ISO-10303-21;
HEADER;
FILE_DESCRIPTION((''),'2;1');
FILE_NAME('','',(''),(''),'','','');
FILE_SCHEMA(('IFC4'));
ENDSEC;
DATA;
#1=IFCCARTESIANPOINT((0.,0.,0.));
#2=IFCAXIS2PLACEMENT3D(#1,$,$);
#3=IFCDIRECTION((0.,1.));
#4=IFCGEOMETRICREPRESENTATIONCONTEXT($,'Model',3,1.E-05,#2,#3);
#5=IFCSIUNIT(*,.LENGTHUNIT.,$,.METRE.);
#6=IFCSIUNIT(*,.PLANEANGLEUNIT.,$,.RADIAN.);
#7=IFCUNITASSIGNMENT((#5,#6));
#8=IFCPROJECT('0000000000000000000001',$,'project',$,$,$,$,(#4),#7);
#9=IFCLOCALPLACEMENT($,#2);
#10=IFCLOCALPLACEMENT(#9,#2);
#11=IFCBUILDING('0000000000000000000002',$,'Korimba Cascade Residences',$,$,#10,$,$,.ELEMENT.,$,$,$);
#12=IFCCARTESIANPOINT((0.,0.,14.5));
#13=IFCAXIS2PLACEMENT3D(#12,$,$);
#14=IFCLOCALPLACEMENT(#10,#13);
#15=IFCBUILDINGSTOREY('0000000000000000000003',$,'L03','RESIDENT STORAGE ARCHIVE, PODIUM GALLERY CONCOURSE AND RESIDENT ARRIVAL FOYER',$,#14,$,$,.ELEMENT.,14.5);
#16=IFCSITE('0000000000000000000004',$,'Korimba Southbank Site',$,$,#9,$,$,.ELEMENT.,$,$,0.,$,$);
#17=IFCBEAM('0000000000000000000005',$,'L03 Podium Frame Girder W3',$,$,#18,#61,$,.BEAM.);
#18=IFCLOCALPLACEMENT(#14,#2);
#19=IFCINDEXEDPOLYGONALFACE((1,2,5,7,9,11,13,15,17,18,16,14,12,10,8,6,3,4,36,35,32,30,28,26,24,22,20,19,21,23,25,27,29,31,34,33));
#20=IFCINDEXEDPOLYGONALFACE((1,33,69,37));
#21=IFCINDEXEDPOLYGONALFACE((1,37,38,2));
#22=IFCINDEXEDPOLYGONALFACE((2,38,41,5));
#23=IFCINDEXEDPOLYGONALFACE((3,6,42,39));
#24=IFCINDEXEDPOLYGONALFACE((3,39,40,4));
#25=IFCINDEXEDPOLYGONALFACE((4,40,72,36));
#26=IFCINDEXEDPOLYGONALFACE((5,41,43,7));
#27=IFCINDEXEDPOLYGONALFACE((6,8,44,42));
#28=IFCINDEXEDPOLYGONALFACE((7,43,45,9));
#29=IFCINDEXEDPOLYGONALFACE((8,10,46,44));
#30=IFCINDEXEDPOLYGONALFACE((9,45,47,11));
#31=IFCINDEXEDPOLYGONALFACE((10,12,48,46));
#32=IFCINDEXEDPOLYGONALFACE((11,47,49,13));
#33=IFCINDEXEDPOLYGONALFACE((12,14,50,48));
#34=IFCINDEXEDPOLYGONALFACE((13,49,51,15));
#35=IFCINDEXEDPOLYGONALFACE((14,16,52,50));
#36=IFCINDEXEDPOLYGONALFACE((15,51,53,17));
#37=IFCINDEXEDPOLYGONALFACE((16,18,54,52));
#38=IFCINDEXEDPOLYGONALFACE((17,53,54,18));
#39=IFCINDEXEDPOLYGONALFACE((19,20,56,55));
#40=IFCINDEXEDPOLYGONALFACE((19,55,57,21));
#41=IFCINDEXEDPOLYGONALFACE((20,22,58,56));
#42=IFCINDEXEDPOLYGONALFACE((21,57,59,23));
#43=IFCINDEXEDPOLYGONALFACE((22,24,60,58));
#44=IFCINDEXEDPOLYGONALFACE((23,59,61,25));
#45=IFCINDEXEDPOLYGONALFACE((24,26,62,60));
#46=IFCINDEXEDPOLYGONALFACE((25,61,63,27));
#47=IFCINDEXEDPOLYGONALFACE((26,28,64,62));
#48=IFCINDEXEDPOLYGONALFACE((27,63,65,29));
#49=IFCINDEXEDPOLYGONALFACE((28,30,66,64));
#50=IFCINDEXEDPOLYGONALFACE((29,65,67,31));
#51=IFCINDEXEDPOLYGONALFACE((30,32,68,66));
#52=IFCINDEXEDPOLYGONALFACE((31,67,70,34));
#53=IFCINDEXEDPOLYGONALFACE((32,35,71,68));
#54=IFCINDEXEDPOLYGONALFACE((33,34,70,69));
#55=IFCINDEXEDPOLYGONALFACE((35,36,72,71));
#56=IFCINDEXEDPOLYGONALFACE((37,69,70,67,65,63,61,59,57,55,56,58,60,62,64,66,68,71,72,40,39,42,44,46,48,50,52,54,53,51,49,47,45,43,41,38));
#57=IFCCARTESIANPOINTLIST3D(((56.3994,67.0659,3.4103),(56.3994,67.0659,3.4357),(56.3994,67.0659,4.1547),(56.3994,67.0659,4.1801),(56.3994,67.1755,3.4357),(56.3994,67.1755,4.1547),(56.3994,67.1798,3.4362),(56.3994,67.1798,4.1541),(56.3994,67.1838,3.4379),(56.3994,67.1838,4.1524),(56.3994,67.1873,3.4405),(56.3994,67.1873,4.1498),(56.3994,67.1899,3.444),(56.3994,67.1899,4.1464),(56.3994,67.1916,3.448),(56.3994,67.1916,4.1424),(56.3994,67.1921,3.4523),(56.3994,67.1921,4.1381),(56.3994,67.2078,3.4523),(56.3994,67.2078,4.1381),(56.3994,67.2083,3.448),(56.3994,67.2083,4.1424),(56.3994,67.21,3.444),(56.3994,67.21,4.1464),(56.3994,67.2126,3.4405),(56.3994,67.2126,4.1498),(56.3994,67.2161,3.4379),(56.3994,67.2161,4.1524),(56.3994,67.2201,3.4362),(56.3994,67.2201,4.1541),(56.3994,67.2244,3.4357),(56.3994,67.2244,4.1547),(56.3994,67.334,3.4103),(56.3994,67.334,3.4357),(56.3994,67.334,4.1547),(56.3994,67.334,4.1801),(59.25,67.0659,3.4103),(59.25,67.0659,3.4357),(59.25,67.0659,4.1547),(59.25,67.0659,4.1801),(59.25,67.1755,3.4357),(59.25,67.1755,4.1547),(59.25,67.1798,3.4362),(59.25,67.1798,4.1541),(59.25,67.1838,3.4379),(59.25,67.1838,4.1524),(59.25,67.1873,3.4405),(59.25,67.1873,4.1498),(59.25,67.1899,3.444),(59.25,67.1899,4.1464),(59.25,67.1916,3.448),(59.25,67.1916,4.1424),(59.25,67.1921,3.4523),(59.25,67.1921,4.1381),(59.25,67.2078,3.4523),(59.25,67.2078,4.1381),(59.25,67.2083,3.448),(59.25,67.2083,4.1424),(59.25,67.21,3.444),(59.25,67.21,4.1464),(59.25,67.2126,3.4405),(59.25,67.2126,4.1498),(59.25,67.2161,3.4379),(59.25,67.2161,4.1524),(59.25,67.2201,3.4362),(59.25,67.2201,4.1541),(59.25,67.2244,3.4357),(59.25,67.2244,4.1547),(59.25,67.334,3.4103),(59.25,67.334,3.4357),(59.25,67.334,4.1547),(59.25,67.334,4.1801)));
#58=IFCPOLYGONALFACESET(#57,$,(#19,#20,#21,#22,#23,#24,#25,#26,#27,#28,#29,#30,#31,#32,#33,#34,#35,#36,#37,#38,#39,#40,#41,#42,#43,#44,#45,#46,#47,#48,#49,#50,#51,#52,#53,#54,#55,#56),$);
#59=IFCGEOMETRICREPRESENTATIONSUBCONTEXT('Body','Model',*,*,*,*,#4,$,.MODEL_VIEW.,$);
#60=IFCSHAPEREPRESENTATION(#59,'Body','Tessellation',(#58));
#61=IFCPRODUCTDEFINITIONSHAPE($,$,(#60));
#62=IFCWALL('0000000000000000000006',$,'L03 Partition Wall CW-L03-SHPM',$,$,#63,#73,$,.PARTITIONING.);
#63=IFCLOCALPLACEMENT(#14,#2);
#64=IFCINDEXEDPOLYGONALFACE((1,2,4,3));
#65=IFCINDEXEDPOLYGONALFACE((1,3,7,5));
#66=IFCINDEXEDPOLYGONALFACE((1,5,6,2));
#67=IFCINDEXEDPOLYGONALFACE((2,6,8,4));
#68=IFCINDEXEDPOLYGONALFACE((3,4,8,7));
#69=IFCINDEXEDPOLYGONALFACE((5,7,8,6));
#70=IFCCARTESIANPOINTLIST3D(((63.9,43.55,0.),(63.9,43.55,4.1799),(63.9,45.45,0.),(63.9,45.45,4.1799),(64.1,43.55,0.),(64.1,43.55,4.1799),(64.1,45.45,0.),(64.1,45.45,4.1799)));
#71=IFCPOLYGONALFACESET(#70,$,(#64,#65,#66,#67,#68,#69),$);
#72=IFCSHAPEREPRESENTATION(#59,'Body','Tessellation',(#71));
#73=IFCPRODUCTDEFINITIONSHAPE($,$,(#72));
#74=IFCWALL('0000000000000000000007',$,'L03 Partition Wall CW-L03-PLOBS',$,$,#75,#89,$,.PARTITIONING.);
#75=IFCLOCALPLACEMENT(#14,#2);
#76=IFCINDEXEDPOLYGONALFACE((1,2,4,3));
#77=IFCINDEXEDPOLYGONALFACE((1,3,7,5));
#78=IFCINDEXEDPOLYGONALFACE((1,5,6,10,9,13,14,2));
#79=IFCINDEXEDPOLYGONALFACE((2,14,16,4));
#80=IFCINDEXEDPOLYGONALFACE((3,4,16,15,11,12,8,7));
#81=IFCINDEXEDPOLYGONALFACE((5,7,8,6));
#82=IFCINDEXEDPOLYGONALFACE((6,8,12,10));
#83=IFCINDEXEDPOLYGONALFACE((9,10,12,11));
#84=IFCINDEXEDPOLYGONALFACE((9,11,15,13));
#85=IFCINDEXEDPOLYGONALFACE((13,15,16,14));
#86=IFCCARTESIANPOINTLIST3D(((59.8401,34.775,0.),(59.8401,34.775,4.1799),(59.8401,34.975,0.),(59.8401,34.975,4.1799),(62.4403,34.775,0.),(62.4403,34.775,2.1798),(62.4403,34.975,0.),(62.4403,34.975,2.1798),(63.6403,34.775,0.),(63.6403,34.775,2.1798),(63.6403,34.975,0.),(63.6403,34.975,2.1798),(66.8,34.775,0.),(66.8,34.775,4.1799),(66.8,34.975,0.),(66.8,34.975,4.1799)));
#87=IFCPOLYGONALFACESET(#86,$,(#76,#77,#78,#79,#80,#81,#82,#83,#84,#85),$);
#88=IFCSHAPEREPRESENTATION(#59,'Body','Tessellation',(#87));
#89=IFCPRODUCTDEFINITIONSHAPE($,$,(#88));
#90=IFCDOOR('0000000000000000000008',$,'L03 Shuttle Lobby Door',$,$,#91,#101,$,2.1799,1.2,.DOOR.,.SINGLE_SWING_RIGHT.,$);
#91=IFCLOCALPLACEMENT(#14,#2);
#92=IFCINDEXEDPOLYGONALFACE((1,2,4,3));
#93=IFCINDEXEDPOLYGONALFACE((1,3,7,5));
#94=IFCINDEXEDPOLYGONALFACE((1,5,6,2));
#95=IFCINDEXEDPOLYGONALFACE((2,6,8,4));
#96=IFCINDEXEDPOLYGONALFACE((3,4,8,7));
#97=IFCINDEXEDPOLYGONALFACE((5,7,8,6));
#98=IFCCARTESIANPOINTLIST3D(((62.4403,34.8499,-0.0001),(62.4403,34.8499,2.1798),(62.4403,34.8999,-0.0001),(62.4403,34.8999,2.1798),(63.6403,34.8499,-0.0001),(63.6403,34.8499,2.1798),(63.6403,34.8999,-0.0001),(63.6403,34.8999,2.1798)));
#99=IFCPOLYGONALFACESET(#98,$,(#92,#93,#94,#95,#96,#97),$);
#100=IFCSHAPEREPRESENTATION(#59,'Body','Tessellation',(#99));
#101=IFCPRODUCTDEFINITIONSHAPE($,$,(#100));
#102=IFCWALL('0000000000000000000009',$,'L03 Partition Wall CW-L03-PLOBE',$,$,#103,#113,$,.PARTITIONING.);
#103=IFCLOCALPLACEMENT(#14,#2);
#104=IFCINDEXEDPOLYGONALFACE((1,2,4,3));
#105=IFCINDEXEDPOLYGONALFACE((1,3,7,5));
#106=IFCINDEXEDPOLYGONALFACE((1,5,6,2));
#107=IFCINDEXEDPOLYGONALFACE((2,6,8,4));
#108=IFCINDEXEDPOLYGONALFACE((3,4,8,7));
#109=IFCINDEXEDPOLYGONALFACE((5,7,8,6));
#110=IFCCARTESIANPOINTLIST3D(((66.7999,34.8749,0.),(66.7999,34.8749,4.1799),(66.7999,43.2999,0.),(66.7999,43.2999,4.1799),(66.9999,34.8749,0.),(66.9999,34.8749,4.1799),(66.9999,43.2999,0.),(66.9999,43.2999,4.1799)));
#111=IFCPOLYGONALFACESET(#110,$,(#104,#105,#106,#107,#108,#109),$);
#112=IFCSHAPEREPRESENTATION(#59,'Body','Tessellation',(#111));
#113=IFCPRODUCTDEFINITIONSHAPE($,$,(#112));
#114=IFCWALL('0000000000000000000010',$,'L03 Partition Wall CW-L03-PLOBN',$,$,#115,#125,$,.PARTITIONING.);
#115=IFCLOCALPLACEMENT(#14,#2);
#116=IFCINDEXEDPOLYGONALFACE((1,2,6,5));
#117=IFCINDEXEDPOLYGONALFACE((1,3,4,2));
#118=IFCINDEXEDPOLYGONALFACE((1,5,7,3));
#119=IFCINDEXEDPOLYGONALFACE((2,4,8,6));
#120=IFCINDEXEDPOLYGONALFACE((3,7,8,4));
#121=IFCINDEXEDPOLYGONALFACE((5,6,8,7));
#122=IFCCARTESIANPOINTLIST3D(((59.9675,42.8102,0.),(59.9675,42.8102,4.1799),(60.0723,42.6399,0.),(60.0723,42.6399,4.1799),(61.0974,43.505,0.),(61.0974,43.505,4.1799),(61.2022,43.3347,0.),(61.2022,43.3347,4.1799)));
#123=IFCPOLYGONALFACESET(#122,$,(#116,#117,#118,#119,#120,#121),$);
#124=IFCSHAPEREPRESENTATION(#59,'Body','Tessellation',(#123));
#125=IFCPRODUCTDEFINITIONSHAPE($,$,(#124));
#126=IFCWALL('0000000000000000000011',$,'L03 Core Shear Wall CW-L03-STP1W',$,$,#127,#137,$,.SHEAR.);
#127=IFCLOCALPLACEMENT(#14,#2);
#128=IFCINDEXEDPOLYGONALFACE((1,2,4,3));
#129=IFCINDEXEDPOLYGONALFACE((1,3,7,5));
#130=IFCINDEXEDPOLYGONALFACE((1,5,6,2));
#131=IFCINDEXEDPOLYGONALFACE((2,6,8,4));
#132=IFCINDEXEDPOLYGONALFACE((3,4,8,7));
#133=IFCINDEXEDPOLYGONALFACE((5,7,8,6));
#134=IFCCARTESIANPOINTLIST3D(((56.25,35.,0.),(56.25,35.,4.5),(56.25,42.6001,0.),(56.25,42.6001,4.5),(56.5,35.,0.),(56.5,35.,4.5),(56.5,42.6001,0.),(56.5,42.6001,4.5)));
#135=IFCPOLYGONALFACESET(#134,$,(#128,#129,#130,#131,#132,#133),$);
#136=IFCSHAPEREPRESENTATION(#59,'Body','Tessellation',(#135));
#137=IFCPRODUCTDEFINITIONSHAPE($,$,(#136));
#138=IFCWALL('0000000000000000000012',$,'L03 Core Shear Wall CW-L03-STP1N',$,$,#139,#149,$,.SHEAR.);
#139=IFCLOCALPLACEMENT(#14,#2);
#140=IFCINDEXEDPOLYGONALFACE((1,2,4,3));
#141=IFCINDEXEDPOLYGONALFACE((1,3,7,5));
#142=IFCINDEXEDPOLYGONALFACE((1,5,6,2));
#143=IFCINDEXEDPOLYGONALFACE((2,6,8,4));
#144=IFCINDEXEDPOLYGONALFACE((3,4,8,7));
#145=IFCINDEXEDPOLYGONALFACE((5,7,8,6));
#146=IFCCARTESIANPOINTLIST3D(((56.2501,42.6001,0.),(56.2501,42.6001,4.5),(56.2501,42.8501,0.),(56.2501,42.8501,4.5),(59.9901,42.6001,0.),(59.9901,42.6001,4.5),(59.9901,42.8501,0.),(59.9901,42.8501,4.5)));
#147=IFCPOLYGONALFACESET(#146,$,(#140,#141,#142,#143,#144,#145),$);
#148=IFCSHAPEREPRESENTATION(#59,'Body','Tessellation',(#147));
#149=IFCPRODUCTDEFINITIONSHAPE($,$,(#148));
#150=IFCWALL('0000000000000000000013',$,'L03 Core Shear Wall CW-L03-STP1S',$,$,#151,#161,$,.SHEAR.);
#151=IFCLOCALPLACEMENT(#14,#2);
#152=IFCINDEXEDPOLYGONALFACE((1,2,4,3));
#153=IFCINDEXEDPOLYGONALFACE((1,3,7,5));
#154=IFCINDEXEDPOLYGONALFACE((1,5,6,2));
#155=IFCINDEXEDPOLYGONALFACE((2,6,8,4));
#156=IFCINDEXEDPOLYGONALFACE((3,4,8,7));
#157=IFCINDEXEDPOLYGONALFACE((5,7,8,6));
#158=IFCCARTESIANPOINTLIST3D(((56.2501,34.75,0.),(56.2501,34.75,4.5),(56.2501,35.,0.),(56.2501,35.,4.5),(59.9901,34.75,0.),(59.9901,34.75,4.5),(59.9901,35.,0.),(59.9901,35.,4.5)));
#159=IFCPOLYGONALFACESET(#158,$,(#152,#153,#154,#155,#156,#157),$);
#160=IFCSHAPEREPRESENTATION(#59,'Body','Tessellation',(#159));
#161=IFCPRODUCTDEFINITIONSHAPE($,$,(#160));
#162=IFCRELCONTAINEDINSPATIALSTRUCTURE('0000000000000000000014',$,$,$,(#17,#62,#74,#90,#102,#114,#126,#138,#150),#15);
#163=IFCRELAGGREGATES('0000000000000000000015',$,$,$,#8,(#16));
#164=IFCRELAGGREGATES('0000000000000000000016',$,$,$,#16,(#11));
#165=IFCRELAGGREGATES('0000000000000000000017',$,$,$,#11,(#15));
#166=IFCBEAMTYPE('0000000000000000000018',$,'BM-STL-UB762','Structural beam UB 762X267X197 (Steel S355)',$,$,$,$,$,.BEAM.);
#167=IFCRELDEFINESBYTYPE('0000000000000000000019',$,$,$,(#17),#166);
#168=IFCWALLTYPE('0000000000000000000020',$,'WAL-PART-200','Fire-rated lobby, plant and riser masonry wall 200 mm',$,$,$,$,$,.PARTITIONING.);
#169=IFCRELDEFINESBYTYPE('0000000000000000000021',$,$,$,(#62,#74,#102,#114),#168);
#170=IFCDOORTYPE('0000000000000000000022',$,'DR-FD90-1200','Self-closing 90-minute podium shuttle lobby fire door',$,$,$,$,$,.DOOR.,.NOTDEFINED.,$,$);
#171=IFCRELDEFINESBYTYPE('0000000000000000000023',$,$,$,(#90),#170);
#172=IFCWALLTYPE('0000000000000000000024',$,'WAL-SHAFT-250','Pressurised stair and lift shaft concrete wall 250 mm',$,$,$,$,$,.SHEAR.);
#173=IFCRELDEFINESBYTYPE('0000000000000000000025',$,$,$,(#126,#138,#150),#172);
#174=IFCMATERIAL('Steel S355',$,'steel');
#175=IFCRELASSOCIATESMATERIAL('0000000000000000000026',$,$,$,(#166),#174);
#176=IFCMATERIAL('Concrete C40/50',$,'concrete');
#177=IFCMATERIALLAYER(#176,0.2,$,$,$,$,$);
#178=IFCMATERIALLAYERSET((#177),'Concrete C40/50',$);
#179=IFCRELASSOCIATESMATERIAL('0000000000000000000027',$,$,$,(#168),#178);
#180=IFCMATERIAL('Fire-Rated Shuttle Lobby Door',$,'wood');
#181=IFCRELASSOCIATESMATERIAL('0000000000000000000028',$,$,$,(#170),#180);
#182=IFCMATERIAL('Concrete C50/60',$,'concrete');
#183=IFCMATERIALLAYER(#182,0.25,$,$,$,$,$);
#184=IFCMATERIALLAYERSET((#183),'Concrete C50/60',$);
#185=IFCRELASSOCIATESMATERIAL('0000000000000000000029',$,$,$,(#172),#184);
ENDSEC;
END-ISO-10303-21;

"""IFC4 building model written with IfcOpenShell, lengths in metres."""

from ifc_helpers import new_model, si_unit, direction, frame, frame_2d, origin, origin_2d, place, context, subcontext, project, spatial, rectangle, i_section, extrude, material, layer, layer_set, material_profile, profile_set, type_object, element, fill, save


model = new_model("IFC4")

# Units and contexts
model_context = context("Model", 3, precision=1e-05, world=origin(), true_north=direction((0.0, 1.0)))
body_context = subcontext(model_context, "Body", "Model", "MODEL_VIEW")
ifc_project = project(units=[si_unit("LENGTHUNIT", "METRE"), si_unit("PLANEANGLEUNIT", "RADIAN")], contexts=[model_context])

# Site, building, storey
site_placement = place(None, origin())
site = spatial("IfcSite", under=ifc_project, at=site_placement, Name="Korimba Southbank Site", CompositionType="ELEMENT", RefElevation=0.0)
building_placement = place(site_placement, origin())
building = spatial("IfcBuilding", under=site, at=building_placement, Name="Korimba Cascade Residences", CompositionType="ELEMENT")
storey_placement = place(building_placement, frame((0.0, 0.0, 14.5)))
storey = spatial("IfcBuildingStorey", under=building, at=storey_placement, Name="L03", Description="RESIDENT STORAGE ARCHIVE, PODIUM GALLERY CONCOURSE AND RESIDENT ARRIVAL FOYER", CompositionType="ELEMENT", Elevation=14.5)

# Shared definitions
ifc_material_1 = material(Name="Steel S355", Category="steel")

# Beam
ifc_material_2 = material(Name="Concrete C50/60", Category="concrete")
ifc_material_profile_1 = material_profile(ifc_material_1, i_section(OverallWidth=0.2681, OverallDepth=0.7698, WebThickness=0.0156, FlangeThickness=0.0254, FilletRadius=0.0166, at=origin_2d()), Name="Steel S355")
ifc_profile_set_1 = profile_set([ifc_material_profile_1], Name="Steel S355")
beam_type_1 = type_object("IfcBeamType", Name="BM-STL-UB762", Description="Structural beam UB 762X267X197 (Steel S355)", PredefinedType="BEAM", material=ifc_profile_set_1)
beam_1_placement = place(storey_placement, frame((56.3994, 67.2, 3.7952), z_axis=(1.0, 0.0, 0.0), x_axis=(0.0, 1.0, 0.0)))
element("IfcBeam", 1, at=beam_1_placement, inside=storey, type_object=beam_type_1, Name="L03 Podium Frame Girder W3", PredefinedType="BEAM", context=body_context, shape_type="SweptSolid", body=[
    extrude(i_section(OverallWidth=0.2681, OverallDepth=0.7698, WebThickness=0.0156, FlangeThickness=0.0254, FilletRadius=0.0166, at=origin_2d()), origin(), (0.0, 0.0, 1.0), 2.8506),
])

# Wall
ifc_material_3 = material(Name="Concrete C40/50", Category="concrete")
ifc_layer_1 = layer(ifc_material_3, 0.2)
ifc_layer_set_1 = layer_set([ifc_layer_1], Name="Concrete C40/50")
wall_type_1 = type_object("IfcWallType", Name="WAL-PART-200", Description="Fire-rated lobby, plant and riser masonry wall 200 mm", PredefinedType="PARTITIONING", material=ifc_layer_set_1)
wall_1_placement = place(storey_placement, frame((64.0, 43.55, 0.0), z_axis=(0.0, 0.0, 1.0), x_axis=(0.0, 1.0, 0.0)))
element("IfcWall", 2, at=wall_1_placement, inside=storey, type_object=wall_type_1, Name="L03 Partition Wall CW-L03-SHPM", PredefinedType="PARTITIONING", context=body_context, shape_type="SweptSolid", body=[
    extrude(rectangle(XDim=1.8999, YDim=0.2, at=frame_2d((0.95, 0.0))), origin(), (0.0, 0.0, 1.0), 4.1799),
])

# Wall, opening, door
wall_2_placement = place(storey_placement, frame((59.8401, 34.875, 0.0), z_axis=(0.0, 0.0, 1.0), x_axis=(1.0, 0.0, 0.0)))
wall_2 = element("IfcWall", 3, at=wall_2_placement, inside=storey, type_object=wall_type_1, Name="L03 Partition Wall CW-L03-PLOBS", PredefinedType="PARTITIONING", context=body_context, shape_type="SweptSolid", body=[
    extrude(rectangle(XDim=6.96, YDim=0.2, at=frame_2d((3.48, 0.0))), origin(), (0.0, 0.0, 1.0), 4.1799),
])
opening_1_placement = place(wall_2_placement, frame((2.6001, 0.0, 0.0)))
opening_1 = element("IfcOpeningElement", 4, at=opening_1_placement, cuts=wall_2, PredefinedType="OPENING", context=body_context, shape_type="SweptSolid", body=[
    extrude(rectangle(XDim=1.2, YDim=2.1799, at=frame_2d((0.6001, 1.0898))), frame((0.0, 0.1099, 0.0), z_axis=(0.0, -1.0, 0.0), x_axis=(1.0, 0.0, 0.0)), (0.0, 0.0, 1.0), 0.22),
])
ifc_material_4 = material(Name="Fire-Rated Shuttle Lobby Door", Category="wood")
door_type_1 = type_object("IfcDoorType", Name="DR-FD90-1200", Description="Self-closing 90-minute podium shuttle lobby fire door", OperationType="NOTDEFINED", PredefinedType="DOOR", material=ifc_material_4)
door_1_placement = place(opening_1_placement, origin())
door_1 = element("IfcDoor", 5, at=door_1_placement, inside=storey, type_object=door_type_1, Name="L03 Shuttle Lobby Door", OperationType="SINGLE_SWING_RIGHT", OverallHeight=2.1799, OverallWidth=1.2, PredefinedType="DOOR", context=body_context, shape_type="SweptSolid", body=[
    extrude(rectangle(XDim=1.2, YDim=2.1799, at=frame_2d((0.6001, 1.0898))), frame((0.0, 0.0249, 0.0), z_axis=(0.0, -1.0, 0.0), x_axis=(1.0, 0.0, 0.0)), (0.0, 0.0, 1.0), 0.05),
])
fill(opening_1, door_1)

# Walls
wall_3_placement = place(storey_placement, frame((66.8999, 34.875, 0.0), z_axis=(0.0, 0.0, 1.0), x_axis=(0.0, 1.0, 0.0)))
element("IfcWall", 6, at=wall_3_placement, inside=storey, type_object=wall_type_1, Name="L03 Partition Wall CW-L03-PLOBE", PredefinedType="PARTITIONING", context=body_context, shape_type="SweptSolid", body=[
    extrude(rectangle(XDim=8.425, YDim=0.2, at=frame_2d((4.2124, 0.0))), origin(), (0.0, 0.0, 1.0), 4.1799),
])
wall_4_placement = place(storey_placement, frame((60.02, 42.7251, 0.0), z_axis=(0.0, 0.0, 1.0), x_axis=(0.851823, 0.52383, 0.0)))
element("IfcWall", 7, at=wall_4_placement, inside=storey, type_object=wall_type_1, Name="L03 Partition Wall CW-L03-PLOBN", PredefinedType="PARTITIONING", context=body_context, shape_type="SweptSolid", body=[
    extrude(rectangle(XDim=1.3264, YDim=0.2, at=frame_2d((0.6631, 0.0))), origin(), (0.0, 0.0, 1.0), 4.1799),
])
ifc_layer_2 = layer(ifc_material_2, 0.25)
ifc_layer_set_2 = layer_set([ifc_layer_2], Name="Concrete C50/60")
wall_type_2 = type_object("IfcWallType", Name="WAL-SHAFT-250", Description="Pressurised stair and lift shaft concrete wall 250 mm", PredefinedType="SHEAR", material=ifc_layer_set_2)
wall_5_placement = place(storey_placement, frame((56.375, 35.0, 0.0), z_axis=(0.0, 0.0, 1.0), x_axis=(0.0, 1.0, 0.0)))
element("IfcWall", 8, at=wall_5_placement, inside=storey, type_object=wall_type_2, Name="L03 Core Shear Wall CW-L03-STP1W", PredefinedType="SHEAR", context=body_context, shape_type="SweptSolid", body=[
    extrude(rectangle(XDim=7.6001, YDim=0.25, at=frame_2d((3.8, 0.0))), origin(), (0.0, 0.0, 1.0), 4.5),
])
for number, where, z_axis, x_axis, name in (
    (9, (56.25, 42.7251, 0.0), (0.0, 0.0, 1.0), (1.0, 0.0, 0.0), "L03 Core Shear Wall CW-L03-STP1N"),
    (10, (56.25, 34.875, 0.0), (0.0, 0.0, 1.0), (1.0, 0.0, 0.0), "L03 Core Shear Wall CW-L03-STP1S"),
):
    element("IfcWall", number, at=place(storey_placement, frame(where, z_axis=z_axis, x_axis=x_axis)), inside=storey, type_object=wall_type_2, Name=name, PredefinedType="SHEAR", context=body_context, shape_type="SweptSolid", body=[
        extrude(rectangle(XDim=3.74, YDim=0.25, at=frame_2d((1.8701, 0.0))), origin(), (0.0, 0.0, 1.0), 4.5),
    ])

save(model, "model.ifc")
